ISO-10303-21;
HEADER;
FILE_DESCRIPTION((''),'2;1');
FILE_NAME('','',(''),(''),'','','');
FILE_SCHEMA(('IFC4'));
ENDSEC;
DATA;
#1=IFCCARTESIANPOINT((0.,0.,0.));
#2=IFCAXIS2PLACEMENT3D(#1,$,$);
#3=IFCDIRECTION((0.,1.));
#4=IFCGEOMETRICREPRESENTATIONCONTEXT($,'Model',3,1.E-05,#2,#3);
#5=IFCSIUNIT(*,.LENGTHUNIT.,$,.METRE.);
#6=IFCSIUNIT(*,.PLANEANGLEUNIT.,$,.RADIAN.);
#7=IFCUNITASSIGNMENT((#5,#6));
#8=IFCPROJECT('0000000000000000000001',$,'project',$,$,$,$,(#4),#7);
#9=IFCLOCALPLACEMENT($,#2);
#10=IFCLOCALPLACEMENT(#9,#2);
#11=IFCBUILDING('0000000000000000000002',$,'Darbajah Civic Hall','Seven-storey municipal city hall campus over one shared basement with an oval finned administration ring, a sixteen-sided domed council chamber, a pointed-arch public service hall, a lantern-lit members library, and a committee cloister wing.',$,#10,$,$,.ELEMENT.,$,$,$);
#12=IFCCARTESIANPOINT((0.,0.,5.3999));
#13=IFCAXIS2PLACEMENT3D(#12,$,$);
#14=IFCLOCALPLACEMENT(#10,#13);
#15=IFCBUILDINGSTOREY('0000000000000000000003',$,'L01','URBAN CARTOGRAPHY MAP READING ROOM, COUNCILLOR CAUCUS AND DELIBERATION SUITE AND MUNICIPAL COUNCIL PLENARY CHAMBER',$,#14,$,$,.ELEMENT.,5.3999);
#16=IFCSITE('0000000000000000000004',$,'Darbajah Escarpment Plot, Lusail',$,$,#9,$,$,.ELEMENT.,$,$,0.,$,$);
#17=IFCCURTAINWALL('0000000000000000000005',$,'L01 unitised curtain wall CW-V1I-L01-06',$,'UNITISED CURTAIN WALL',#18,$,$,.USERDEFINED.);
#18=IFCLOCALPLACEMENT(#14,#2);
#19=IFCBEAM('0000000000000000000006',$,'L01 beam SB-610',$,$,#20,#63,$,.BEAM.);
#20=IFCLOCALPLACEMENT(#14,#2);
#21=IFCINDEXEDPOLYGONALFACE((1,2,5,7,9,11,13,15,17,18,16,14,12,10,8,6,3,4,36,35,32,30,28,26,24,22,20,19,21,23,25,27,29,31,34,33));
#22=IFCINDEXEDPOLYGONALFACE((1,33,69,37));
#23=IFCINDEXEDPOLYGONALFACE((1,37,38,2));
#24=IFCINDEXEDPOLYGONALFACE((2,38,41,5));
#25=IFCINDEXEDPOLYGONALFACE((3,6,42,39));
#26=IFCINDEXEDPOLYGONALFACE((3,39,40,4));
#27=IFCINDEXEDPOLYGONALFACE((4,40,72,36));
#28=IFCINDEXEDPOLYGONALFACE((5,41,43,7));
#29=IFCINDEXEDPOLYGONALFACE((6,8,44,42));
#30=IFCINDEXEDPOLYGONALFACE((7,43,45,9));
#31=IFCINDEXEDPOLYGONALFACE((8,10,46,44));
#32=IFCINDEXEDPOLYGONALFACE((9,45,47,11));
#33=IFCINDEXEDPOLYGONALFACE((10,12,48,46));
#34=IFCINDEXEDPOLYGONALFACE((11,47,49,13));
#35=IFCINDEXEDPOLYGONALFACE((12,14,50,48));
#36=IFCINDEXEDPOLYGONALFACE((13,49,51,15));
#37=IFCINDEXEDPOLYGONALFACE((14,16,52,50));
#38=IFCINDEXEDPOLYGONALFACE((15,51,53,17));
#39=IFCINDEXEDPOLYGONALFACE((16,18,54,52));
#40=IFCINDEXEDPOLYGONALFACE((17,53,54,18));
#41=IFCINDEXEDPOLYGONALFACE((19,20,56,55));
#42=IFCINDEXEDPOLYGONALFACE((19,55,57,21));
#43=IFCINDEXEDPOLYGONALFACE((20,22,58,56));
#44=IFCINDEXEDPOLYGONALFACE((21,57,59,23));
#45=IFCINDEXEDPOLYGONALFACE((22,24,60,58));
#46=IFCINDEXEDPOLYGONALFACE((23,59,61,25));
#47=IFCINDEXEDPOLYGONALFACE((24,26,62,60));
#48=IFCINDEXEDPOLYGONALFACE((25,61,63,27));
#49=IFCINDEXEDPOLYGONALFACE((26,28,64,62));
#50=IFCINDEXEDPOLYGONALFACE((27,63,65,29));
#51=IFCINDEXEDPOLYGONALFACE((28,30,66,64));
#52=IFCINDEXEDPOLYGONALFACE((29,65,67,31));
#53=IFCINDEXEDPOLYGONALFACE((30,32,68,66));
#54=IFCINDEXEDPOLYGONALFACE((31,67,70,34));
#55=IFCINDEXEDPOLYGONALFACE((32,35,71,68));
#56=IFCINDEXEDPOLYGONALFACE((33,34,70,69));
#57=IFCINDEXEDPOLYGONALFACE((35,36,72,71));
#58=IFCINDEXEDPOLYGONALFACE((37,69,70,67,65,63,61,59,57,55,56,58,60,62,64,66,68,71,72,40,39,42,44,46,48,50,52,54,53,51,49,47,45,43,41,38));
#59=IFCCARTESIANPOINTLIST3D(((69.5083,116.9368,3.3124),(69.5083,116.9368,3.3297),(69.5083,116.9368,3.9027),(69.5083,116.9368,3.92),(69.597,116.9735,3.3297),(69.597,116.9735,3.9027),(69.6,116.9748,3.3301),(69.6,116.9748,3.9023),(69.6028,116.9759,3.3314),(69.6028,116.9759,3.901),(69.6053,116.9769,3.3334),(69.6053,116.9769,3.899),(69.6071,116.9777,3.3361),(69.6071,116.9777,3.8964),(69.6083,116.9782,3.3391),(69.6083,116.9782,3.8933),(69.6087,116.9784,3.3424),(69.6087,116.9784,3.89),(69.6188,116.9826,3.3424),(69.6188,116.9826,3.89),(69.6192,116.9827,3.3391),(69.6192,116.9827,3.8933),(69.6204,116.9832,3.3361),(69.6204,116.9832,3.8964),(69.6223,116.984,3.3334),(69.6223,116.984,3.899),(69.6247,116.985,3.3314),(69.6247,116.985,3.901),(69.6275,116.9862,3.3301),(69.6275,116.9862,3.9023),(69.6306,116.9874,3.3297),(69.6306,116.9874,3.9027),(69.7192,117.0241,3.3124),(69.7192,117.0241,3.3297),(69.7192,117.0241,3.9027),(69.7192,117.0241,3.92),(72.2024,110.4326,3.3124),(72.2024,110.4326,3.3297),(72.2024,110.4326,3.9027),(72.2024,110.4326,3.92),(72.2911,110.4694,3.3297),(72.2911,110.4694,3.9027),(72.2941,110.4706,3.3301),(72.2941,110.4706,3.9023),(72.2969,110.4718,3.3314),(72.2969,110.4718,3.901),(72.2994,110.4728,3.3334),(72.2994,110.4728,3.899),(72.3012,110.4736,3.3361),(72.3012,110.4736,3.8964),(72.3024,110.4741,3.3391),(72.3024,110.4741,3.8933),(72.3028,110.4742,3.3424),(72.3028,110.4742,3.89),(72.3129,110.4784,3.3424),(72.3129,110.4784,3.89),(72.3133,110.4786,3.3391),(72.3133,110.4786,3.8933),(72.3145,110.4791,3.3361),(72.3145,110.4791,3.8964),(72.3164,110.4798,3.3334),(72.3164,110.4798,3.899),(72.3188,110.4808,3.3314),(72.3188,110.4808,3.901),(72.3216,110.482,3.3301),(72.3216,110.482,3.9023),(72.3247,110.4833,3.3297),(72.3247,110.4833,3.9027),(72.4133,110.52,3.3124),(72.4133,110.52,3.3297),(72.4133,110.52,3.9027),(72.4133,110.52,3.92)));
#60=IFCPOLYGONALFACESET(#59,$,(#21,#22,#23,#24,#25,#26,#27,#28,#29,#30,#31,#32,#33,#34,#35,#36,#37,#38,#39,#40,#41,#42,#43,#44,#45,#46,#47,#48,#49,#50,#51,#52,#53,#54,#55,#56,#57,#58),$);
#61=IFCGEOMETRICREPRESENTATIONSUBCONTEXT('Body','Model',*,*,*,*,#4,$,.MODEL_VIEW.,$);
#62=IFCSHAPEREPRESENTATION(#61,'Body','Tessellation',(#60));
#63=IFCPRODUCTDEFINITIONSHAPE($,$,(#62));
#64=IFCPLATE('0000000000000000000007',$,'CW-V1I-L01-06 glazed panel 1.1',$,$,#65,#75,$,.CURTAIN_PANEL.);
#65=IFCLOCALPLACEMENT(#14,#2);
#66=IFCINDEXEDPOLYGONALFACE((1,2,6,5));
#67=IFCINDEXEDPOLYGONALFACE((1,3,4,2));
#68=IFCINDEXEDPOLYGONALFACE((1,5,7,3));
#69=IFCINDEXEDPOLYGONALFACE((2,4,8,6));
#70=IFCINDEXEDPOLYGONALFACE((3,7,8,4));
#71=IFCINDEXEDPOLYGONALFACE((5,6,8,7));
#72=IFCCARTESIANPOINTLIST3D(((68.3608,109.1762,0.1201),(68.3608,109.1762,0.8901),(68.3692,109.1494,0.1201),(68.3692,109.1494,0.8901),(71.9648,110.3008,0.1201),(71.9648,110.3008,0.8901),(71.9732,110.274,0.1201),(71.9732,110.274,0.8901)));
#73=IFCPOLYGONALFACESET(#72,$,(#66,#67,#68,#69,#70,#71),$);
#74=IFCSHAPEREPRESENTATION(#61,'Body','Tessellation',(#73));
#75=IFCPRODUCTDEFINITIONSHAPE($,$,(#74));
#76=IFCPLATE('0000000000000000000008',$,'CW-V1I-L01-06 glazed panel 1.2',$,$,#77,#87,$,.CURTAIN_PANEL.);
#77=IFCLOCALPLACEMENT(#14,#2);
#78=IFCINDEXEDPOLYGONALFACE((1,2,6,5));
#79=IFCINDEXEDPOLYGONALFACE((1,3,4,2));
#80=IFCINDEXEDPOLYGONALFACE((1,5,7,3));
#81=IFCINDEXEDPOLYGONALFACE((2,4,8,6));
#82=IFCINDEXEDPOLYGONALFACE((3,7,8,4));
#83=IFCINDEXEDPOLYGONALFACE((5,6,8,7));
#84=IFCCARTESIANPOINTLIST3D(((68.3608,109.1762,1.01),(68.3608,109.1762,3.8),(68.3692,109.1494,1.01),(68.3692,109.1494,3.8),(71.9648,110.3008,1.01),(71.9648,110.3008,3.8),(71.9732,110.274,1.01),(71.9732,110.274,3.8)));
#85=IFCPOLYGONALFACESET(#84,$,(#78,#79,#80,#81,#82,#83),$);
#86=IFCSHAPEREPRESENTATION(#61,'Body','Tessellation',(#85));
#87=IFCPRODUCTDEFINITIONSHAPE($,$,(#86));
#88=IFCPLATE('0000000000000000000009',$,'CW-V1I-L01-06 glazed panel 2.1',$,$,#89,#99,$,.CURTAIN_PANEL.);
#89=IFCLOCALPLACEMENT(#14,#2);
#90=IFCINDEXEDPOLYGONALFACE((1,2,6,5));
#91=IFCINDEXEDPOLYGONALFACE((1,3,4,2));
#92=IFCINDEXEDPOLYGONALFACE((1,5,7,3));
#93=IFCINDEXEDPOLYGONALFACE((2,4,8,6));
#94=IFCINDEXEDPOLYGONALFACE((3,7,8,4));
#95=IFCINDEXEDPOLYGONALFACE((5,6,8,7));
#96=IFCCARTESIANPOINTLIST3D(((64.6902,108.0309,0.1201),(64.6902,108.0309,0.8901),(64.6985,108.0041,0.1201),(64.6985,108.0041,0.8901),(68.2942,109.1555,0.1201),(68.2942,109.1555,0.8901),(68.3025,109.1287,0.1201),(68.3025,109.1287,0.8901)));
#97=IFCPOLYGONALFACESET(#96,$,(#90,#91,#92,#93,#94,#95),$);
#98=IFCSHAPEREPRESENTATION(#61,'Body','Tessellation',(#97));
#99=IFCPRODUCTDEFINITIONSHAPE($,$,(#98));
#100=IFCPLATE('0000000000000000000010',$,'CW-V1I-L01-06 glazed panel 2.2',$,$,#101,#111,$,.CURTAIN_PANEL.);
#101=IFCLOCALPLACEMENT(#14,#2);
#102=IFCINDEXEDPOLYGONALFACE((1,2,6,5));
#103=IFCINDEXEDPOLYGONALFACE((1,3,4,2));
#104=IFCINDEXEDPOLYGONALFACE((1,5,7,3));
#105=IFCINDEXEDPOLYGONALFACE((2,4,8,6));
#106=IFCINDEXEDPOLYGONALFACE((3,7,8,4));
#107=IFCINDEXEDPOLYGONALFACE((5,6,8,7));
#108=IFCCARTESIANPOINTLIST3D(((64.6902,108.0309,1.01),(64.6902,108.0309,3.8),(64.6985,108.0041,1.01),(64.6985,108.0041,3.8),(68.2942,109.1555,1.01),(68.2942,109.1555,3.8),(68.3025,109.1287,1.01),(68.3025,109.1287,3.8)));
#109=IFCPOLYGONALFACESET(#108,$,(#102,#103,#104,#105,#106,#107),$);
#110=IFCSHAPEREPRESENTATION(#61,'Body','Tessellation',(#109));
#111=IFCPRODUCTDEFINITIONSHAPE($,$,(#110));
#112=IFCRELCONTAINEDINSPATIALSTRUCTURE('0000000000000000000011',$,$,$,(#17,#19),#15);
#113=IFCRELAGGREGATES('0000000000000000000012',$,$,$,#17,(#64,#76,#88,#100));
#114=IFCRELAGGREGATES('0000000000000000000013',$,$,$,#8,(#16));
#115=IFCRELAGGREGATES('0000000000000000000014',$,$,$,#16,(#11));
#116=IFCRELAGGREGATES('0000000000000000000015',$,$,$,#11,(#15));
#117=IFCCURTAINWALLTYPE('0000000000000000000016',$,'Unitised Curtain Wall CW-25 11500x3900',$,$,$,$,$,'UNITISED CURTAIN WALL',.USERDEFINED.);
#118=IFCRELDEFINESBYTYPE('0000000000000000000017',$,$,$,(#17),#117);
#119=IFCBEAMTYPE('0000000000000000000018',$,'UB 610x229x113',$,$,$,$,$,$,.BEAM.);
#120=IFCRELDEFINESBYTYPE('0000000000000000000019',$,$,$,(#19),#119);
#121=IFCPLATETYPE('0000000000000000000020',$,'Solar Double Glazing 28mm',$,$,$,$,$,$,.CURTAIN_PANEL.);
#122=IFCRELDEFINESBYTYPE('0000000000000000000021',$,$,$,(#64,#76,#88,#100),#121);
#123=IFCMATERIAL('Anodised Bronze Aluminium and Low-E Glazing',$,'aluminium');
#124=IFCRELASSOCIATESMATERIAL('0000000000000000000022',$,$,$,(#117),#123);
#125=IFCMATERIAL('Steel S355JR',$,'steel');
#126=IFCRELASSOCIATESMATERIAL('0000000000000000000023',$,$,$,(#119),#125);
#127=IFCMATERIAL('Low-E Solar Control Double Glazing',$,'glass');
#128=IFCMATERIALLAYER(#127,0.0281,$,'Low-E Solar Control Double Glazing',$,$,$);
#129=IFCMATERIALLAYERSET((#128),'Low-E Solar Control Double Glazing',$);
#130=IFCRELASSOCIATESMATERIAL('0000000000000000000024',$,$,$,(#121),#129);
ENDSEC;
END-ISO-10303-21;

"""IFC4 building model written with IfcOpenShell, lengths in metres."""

from ifc_helpers import new_model, si_unit, direction, frame, origin, origin_2d, place, context, subcontext, project, spatial, rectangle, i_section, extrude, material, layer, layer_set, material_profile, profile_set, type_object, element, aggregate, save


model = new_model("IFC4")

# Units and contexts
model_context = context("Model", 3, precision=1e-05, world=origin(), true_north=direction((0.0, 1.0)))
body_context = subcontext(model_context, "Body", "Model", "MODEL_VIEW")
ifc_project = project(units=[si_unit("LENGTHUNIT", "METRE"), si_unit("PLANEANGLEUNIT", "RADIAN")], contexts=[model_context])

# Site, building, storey
site_placement = place(None, origin())
site = spatial("IfcSite", under=ifc_project, at=site_placement, Name="Darbajah Escarpment Plot, Lusail", CompositionType="ELEMENT", RefElevation=0.0)
building_placement = place(site_placement, origin())
building = spatial("IfcBuilding", under=site, at=building_placement, Name="Darbajah Civic Hall", Description="Seven-storey municipal city hall campus over one shared basement with an oval finned administration ring, a sixteen-sided domed council chamber, a pointed-arch public service hall, a lantern-lit members library, and a committee cloister wing.", CompositionType="ELEMENT")
storey_placement = place(building_placement, frame((0.0, 0.0, 5.3999)))
storey = spatial("IfcBuildingStorey", under=building, at=storey_placement, Name="L01", Description="URBAN CARTOGRAPHY MAP READING ROOM, COUNCILLOR CAUCUS AND DELIBERATION SUITE AND MUNICIPAL COUNCIL PLENARY CHAMBER", CompositionType="ELEMENT", Elevation=5.3999)

# Curtain wall
ifc_material_1 = material(Name="Anodised Bronze Aluminium and Low-E Glazing", Category="aluminium")
curtain_wall_type = type_object("IfcCurtainWallType", Name="Unitised Curtain Wall CW-25 11500x3900", ElementType="UNITISED CURTAIN WALL", PredefinedType="USERDEFINED", material=ifc_material_1)
curtain_wall_placement = place(storey_placement, origin())
curtain_wall = element("IfcCurtainWall", 1, at=curtain_wall_placement, inside=storey, type_object=curtain_wall_type, Name="L01 unitised curtain wall CW-V1I-L01-06", ObjectType="UNITISED CURTAIN WALL", PredefinedType="USERDEFINED")

# Beam
ifc_material_2 = material(Name="Steel S355JR", Category="steel")
ifc_material_profile_1 = material_profile(ifc_material_2, i_section(OverallWidth=0.2283, OverallDepth=0.6077, WebThickness=0.011, FlangeThickness=0.0173, FilletRadius=0.0127, at=origin_2d()), Name="UB 610x229x113")
ifc_profile_set_1 = profile_set([ifc_material_profile_1], Name="Steel S355JR")
beam_type_1 = type_object("IfcBeamType", Name="UB 610x229x113", PredefinedType="BEAM", material=ifc_profile_set_1)
beam_1_placement = place(storey_placement, frame((72.3079, 110.4763, 3.6162), z_axis=(-0.382682, 0.92388, 0.0), x_axis=(-0.92388, -0.382682, 0.0)))
element("IfcBeam", 2, at=beam_1_placement, inside=storey, type_object=beam_type_1, Name="L01 beam SB-610", PredefinedType="BEAM", context=body_context, shape_type="SweptSolid", body=[
    extrude(i_section(OverallWidth=0.2283, OverallDepth=0.6077, WebThickness=0.011, FlangeThickness=0.0173, FilletRadius=0.0127, at=origin_2d()), origin(), (0.0, 0.0, 1.0), 7.04),
])

# Plates
ifc_material_3 = material(Name="Low-E Solar Control Double Glazing", Category="glass")
ifc_layer = layer(ifc_material_3, 0.0281, Name="Low-E Solar Control Double Glazing")
ifc_layer_set = layer_set([ifc_layer], Name="Low-E Solar Control Double Glazing")
plate_type = type_object("IfcPlateType", Name="Solar Double Glazing 28mm", PredefinedType="CURTAIN_PANEL", material=ifc_layer_set)
plate_1_placement = place(storey_placement, frame((70.167, 109.7251, 0.1201), z_axis=(0.0, 0.0, 1.0), x_axis=(-0.954605, -0.297875, 0.0)))
plate_1 = element("IfcPlate", 3, at=plate_1_placement, type_object=plate_type, Name="CW-V1I-L01-06 glazed panel 1.1", PredefinedType="CURTAIN_PANEL", context=body_context, shape_type="SweptSolid", body=[
    extrude(rectangle(XDim=3.7754, YDim=0.0281, at=origin_2d()), origin(), (0.0, 0.0, 1.0), 0.77),
])
plate_2_placement = place(storey_placement, frame((70.167, 109.7251, 1.01), z_axis=(0.0, 0.0, 1.0), x_axis=(-0.954605, -0.297875, 0.0)))
plate_2 = element("IfcPlate", 4, at=plate_2_placement, type_object=plate_type, Name="CW-V1I-L01-06 glazed panel 1.2", PredefinedType="CURTAIN_PANEL", context=body_context, shape_type="SweptSolid", body=[
    extrude(rectangle(XDim=3.7754, YDim=0.0281, at=origin_2d()), origin(), (0.0, 0.0, 1.0), 2.79),
])
plate_3_placement = place(storey_placement, frame((66.4963, 108.5798, 0.1201), z_axis=(0.0, 0.0, 1.0), x_axis=(-0.954605, -0.297875, 0.0)))
plate_3 = element("IfcPlate", 5, at=plate_3_placement, type_object=plate_type, Name="CW-V1I-L01-06 glazed panel 2.1", PredefinedType="CURTAIN_PANEL", context=body_context, shape_type="SweptSolid", body=[
    extrude(rectangle(XDim=3.7754, YDim=0.0281, at=origin_2d()), origin(), (0.0, 0.0, 1.0), 0.77),
])
plate_4_placement = place(storey_placement, frame((66.4963, 108.5798, 1.01), z_axis=(0.0, 0.0, 1.0), x_axis=(-0.954605, -0.297875, 0.0)))
plate_4 = element("IfcPlate", 6, at=plate_4_placement, type_object=plate_type, Name="CW-V1I-L01-06 glazed panel 2.2", PredefinedType="CURTAIN_PANEL", context=body_context, shape_type="SweptSolid", body=[
    extrude(rectangle(XDim=3.7754, YDim=0.0281, at=origin_2d()), origin(), (0.0, 0.0, 1.0), 2.79),
])
aggregate(curtain_wall, [plate_1, plate_2, plate_3, plate_4])

save(model, "model.ifc")
